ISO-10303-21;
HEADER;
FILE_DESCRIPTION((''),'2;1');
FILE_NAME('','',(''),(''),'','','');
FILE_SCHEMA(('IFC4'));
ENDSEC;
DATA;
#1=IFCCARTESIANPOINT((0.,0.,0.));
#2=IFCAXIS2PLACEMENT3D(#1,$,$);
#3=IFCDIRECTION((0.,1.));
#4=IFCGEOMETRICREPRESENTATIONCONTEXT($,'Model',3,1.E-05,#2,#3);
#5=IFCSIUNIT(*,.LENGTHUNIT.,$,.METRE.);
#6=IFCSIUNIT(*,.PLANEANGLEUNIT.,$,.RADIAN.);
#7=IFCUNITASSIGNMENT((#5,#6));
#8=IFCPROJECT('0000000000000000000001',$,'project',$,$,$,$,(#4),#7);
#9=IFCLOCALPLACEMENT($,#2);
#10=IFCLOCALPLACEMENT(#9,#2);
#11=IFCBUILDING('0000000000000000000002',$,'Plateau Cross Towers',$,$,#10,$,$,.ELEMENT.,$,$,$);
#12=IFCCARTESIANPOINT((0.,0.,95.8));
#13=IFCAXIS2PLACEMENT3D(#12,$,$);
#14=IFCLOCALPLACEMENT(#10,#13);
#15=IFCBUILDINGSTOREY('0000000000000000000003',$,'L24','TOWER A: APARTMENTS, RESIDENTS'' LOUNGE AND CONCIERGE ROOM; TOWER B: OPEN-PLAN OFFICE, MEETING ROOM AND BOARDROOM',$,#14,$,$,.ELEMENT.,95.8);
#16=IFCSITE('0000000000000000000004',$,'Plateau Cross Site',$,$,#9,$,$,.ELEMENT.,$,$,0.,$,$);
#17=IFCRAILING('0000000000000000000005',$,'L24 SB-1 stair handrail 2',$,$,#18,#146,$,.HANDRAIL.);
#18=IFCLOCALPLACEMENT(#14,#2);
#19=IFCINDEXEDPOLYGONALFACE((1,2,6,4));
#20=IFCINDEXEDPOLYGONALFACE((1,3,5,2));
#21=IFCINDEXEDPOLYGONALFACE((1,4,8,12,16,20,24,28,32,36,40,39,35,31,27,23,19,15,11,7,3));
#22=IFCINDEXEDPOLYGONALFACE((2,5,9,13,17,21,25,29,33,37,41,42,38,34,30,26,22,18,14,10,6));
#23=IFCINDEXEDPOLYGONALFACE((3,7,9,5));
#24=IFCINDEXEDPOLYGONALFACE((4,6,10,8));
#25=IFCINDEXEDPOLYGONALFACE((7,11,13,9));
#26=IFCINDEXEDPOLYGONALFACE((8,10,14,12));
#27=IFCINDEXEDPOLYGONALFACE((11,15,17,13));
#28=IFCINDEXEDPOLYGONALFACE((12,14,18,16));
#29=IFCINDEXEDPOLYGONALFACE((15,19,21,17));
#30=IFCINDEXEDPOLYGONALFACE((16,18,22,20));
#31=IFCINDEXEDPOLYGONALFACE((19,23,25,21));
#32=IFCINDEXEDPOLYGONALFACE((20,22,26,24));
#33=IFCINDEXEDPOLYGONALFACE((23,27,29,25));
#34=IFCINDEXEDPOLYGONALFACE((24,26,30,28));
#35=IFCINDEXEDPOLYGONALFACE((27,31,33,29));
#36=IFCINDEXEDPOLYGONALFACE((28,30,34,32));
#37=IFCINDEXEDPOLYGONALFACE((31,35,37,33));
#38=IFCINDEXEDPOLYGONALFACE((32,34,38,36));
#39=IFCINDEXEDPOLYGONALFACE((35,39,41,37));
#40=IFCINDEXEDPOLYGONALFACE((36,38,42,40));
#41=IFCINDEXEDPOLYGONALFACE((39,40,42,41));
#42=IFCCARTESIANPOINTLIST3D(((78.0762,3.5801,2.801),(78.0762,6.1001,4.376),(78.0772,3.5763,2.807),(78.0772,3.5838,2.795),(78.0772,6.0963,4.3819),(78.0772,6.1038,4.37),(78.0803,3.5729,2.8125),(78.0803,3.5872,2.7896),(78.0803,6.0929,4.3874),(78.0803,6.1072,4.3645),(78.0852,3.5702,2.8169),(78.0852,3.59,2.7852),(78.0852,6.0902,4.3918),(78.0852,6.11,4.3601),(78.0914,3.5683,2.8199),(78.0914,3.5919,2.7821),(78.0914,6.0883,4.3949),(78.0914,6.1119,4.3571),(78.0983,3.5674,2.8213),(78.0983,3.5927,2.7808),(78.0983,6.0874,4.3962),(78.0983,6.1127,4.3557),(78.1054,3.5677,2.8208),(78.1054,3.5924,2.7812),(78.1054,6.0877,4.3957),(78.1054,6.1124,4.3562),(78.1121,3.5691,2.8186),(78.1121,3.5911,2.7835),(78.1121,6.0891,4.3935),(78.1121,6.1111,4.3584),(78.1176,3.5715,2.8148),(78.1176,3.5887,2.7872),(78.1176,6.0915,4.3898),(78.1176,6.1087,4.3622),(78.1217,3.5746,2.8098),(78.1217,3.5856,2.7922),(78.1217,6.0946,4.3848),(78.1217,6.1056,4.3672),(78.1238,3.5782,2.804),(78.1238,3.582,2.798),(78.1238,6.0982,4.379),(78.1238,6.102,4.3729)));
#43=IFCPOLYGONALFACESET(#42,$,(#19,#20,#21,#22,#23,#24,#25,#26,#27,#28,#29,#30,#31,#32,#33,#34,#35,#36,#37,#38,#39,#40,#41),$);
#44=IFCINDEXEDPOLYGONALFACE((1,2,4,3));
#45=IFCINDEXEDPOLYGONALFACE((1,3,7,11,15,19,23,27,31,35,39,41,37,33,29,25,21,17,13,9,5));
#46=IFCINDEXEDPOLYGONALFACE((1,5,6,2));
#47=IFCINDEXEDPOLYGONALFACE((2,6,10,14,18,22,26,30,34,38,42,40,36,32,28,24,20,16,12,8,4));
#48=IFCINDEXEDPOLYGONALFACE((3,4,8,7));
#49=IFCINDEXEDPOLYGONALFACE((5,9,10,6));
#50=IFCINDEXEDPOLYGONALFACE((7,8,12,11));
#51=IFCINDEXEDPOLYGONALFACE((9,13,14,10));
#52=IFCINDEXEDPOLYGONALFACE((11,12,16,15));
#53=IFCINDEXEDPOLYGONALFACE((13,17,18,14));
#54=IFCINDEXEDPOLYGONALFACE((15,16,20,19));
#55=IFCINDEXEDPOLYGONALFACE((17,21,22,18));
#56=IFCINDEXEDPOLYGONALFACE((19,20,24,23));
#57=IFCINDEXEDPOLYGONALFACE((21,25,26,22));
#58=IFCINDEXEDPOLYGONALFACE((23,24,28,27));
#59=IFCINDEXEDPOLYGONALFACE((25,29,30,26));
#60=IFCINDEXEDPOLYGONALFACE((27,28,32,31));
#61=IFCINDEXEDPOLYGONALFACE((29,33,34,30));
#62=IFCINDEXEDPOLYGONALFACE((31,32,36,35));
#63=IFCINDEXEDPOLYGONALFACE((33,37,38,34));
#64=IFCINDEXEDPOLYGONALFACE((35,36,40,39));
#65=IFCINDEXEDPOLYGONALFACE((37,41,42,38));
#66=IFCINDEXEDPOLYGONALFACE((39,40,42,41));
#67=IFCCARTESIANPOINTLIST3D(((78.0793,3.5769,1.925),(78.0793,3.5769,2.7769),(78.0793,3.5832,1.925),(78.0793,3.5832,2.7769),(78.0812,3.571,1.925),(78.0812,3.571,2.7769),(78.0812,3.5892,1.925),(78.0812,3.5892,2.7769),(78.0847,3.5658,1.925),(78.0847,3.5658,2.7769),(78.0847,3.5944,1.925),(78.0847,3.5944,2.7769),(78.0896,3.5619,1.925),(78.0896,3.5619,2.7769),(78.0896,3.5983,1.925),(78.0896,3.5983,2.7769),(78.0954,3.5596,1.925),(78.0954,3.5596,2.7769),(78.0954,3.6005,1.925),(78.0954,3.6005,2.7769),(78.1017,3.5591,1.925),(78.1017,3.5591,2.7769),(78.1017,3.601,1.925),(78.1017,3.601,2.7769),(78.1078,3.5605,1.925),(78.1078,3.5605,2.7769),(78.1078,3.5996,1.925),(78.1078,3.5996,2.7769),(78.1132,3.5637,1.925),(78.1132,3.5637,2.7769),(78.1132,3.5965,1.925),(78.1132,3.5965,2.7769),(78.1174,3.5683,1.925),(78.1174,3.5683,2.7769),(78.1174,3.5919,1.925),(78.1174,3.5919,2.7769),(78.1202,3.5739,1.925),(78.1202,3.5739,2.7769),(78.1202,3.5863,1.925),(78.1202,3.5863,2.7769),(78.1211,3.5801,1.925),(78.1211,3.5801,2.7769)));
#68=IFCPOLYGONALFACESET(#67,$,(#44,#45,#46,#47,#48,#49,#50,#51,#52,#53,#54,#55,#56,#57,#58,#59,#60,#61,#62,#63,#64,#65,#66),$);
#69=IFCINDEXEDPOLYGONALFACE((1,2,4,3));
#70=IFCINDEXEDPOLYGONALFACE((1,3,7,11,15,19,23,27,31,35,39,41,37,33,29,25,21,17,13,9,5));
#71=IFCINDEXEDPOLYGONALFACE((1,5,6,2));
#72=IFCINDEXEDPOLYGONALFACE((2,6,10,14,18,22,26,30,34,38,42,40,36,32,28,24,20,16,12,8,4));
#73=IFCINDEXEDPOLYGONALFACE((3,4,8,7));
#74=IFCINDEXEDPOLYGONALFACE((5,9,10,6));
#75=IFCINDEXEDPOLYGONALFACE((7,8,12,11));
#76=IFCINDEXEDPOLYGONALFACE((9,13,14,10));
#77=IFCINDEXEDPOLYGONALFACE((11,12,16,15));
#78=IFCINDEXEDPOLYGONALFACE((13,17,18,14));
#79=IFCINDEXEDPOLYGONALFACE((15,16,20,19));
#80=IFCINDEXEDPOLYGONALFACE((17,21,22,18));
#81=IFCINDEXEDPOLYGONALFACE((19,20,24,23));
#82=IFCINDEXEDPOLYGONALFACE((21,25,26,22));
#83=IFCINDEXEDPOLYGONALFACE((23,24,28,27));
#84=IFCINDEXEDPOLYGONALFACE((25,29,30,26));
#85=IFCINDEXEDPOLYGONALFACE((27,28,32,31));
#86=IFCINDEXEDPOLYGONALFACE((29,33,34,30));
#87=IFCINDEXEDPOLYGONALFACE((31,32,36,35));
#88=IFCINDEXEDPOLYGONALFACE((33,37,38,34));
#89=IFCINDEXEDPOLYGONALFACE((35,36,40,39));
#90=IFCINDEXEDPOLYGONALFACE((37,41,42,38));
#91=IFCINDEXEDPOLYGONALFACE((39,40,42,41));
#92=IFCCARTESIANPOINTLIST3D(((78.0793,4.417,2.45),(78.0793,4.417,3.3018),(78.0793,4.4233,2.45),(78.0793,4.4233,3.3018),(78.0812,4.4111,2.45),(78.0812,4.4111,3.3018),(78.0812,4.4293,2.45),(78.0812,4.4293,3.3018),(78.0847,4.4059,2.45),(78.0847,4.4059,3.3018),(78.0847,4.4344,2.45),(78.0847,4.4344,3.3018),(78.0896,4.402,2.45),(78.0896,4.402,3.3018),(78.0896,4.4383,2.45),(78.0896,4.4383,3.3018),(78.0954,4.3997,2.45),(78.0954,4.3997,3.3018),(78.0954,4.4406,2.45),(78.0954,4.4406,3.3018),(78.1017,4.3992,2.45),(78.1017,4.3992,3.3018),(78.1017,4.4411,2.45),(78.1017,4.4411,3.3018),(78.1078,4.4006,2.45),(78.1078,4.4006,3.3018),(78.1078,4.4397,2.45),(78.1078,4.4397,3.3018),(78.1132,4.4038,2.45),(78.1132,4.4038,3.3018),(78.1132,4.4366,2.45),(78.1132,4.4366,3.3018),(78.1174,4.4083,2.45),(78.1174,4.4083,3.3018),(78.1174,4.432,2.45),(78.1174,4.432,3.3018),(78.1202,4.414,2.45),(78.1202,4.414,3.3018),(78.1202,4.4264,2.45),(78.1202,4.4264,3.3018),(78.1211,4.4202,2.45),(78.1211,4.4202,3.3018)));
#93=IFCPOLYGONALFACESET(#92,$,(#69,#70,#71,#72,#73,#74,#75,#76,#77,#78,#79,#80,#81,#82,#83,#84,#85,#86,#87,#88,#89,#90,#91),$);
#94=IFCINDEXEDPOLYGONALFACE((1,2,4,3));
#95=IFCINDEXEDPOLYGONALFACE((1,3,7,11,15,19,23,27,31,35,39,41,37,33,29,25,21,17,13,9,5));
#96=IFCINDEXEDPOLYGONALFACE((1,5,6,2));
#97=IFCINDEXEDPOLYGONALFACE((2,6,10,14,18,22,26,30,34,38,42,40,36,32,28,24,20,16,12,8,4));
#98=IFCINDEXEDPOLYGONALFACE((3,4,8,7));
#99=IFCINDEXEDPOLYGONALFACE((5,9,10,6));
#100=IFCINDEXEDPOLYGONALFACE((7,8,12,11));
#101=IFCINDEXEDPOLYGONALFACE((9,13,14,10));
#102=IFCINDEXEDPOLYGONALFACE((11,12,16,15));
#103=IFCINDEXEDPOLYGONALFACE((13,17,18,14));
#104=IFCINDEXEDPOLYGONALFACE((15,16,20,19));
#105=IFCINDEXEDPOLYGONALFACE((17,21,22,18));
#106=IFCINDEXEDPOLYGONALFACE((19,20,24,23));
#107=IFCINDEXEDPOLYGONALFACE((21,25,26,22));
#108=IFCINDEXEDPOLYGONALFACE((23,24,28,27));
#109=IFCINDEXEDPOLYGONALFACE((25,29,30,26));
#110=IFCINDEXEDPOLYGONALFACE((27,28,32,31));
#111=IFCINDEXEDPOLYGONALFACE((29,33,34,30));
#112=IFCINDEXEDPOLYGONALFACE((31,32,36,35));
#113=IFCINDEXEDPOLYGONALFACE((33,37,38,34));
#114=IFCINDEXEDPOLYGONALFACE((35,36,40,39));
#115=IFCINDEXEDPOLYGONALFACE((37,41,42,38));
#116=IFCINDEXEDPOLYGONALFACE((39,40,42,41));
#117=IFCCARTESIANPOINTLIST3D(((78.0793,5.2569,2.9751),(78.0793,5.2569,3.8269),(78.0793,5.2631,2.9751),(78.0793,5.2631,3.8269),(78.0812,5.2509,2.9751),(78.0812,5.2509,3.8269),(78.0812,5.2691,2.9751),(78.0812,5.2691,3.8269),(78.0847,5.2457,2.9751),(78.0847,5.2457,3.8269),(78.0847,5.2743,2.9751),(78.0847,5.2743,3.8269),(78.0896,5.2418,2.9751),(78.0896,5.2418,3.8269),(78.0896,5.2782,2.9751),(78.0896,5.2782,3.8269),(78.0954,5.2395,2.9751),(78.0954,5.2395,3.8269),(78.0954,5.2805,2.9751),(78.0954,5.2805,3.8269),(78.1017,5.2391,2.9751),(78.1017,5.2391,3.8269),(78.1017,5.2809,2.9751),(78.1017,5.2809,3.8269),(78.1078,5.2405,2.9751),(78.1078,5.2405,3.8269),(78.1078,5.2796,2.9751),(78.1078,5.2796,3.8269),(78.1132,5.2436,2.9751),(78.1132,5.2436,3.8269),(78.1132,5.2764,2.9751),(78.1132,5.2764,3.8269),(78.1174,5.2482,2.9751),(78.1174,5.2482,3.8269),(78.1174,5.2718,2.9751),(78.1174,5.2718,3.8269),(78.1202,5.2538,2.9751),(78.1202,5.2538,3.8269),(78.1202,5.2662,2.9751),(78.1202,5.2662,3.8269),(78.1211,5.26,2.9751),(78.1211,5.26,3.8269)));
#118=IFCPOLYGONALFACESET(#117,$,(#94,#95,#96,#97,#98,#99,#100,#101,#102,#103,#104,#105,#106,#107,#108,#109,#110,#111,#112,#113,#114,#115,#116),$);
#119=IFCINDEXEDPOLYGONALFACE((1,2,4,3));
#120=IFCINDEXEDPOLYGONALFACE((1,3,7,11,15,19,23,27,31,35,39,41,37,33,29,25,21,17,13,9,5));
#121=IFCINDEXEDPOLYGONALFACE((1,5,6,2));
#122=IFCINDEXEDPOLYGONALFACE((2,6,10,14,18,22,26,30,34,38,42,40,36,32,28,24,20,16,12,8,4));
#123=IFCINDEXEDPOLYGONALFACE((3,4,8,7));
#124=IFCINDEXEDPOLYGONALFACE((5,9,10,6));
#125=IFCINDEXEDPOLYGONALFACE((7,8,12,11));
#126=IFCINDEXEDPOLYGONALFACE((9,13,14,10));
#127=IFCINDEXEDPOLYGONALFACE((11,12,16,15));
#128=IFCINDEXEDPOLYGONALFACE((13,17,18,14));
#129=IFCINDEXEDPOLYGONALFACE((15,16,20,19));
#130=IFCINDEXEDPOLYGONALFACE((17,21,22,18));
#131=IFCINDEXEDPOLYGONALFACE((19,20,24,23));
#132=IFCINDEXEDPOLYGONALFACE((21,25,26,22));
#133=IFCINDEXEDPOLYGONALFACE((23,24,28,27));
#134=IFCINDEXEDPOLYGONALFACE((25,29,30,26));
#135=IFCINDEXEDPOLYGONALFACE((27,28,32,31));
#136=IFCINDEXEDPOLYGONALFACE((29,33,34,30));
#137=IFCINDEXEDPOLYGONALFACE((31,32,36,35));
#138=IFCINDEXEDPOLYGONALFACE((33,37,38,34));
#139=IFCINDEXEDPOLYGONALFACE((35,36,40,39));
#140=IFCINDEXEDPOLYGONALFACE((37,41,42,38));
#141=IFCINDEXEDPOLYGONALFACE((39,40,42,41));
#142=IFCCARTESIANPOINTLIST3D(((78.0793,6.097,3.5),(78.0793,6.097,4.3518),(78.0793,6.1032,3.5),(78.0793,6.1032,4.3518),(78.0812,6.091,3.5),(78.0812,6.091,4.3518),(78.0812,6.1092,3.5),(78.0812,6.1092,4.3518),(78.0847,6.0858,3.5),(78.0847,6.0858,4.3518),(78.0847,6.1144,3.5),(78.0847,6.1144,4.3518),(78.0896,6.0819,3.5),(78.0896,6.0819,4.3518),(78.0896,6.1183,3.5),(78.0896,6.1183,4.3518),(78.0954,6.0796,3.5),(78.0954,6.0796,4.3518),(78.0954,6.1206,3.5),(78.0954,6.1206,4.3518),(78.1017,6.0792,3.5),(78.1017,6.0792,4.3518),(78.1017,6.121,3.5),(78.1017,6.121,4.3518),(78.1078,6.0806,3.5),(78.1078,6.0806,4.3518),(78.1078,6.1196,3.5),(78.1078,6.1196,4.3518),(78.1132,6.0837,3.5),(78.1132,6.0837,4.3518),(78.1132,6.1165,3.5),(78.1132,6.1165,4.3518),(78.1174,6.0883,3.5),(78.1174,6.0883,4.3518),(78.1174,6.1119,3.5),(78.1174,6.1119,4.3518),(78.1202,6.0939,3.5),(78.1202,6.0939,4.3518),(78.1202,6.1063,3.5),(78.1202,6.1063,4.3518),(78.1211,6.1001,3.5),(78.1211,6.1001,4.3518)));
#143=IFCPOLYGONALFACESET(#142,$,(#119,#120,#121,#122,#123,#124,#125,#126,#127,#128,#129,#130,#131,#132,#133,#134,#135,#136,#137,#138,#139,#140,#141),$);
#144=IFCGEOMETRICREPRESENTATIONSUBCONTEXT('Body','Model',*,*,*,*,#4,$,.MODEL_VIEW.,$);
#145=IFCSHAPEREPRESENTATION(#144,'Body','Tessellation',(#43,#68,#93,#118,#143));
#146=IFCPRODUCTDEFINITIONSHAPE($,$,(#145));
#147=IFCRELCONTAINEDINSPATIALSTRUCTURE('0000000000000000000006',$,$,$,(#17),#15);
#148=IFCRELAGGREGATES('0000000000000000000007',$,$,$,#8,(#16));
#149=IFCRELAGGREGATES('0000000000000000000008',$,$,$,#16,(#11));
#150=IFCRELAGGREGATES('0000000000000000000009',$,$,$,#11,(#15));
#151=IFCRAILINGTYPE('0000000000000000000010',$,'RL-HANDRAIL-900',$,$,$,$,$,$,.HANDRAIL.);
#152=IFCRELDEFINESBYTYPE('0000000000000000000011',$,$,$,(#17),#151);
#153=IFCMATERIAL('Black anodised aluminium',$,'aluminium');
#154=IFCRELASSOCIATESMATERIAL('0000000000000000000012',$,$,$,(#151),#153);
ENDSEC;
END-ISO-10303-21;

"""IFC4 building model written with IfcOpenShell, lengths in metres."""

from ifc_helpers import new_model, si_unit, direction, frame, origin, origin_2d, place, context, subcontext, project, spatial, circle, extrude, material, type_object, element, save


model = new_model("IFC4")

# Units and contexts
model_context = context("Model", 3, precision=1e-05, world=origin(), true_north=direction((0.0, 1.0)))
body_context = subcontext(model_context, "Body", "Model", "MODEL_VIEW")
ifc_project = project(units=[si_unit("LENGTHUNIT", "METRE"), si_unit("PLANEANGLEUNIT", "RADIAN")], contexts=[model_context])

# Site, building, storey
site_placement = place(None, origin())
site = spatial("IfcSite", under=ifc_project, at=site_placement, Name="Plateau Cross Site", CompositionType="ELEMENT", RefElevation=0.0)
building_placement = place(site_placement, origin())
building = spatial("IfcBuilding", under=site, at=building_placement, Name="Plateau Cross Towers", CompositionType="ELEMENT")
storey_placement = place(building_placement, frame((0.0, 0.0, 95.8)))
storey = spatial("IfcBuildingStorey", under=building, at=storey_placement, Name="L24", Description="TOWER A: APARTMENTS, RESIDENTS' LOUNGE AND CONCIERGE ROOM; TOWER B: OPEN-PLAN OFFICE, MEETING ROOM AND BOARDROOM", CompositionType="ELEMENT", Elevation=95.8)

# Railing
ifc_material_1 = material(Name="Black anodised aluminium", Category="aluminium")
railing_type_1 = type_object("IfcRailingType", Name="RL-HANDRAIL-900", PredefinedType="HANDRAIL", material=ifc_material_1)
railing_1_placement = place(storey_placement, frame((78.1001, 3.5801, 1.925)))
element("IfcRailing", 1, at=railing_1_placement, inside=storey, type_object=railing_type_1, Name="L24 SB-1 stair handrail 2", PredefinedType="HANDRAIL", context=body_context, shape_type="SweptSolid", body=[
    extrude(circle(Radius=0.0239, at=origin_2d()), frame((0.0, 0.0, 0.876), z_axis=(0.0, 0.848008, 0.529984), x_axis=(-1.0, 0.0, 0.0)), (0.0, 0.0, 1.0), 2.9717),
    extrude(circle(Radius=0.021, at=origin_2d()), origin(), (0.0, 0.0, 1.0), 0.8518),
    extrude(circle(Radius=0.021, at=origin_2d()), frame((0.0, 0.8401, 0.5249)), (0.0, 0.0, 1.0), 0.8518),
    extrude(circle(Radius=0.021, at=origin_2d()), frame((0.0, 1.6799, 1.05)), (0.0, 0.0, 1.0), 0.8518),
    extrude(circle(Radius=0.021, at=origin_2d()), frame((0.0, 2.52, 1.575)), (0.0, 0.0, 1.0), 0.8518),
])

save(model, "model.ifc")
